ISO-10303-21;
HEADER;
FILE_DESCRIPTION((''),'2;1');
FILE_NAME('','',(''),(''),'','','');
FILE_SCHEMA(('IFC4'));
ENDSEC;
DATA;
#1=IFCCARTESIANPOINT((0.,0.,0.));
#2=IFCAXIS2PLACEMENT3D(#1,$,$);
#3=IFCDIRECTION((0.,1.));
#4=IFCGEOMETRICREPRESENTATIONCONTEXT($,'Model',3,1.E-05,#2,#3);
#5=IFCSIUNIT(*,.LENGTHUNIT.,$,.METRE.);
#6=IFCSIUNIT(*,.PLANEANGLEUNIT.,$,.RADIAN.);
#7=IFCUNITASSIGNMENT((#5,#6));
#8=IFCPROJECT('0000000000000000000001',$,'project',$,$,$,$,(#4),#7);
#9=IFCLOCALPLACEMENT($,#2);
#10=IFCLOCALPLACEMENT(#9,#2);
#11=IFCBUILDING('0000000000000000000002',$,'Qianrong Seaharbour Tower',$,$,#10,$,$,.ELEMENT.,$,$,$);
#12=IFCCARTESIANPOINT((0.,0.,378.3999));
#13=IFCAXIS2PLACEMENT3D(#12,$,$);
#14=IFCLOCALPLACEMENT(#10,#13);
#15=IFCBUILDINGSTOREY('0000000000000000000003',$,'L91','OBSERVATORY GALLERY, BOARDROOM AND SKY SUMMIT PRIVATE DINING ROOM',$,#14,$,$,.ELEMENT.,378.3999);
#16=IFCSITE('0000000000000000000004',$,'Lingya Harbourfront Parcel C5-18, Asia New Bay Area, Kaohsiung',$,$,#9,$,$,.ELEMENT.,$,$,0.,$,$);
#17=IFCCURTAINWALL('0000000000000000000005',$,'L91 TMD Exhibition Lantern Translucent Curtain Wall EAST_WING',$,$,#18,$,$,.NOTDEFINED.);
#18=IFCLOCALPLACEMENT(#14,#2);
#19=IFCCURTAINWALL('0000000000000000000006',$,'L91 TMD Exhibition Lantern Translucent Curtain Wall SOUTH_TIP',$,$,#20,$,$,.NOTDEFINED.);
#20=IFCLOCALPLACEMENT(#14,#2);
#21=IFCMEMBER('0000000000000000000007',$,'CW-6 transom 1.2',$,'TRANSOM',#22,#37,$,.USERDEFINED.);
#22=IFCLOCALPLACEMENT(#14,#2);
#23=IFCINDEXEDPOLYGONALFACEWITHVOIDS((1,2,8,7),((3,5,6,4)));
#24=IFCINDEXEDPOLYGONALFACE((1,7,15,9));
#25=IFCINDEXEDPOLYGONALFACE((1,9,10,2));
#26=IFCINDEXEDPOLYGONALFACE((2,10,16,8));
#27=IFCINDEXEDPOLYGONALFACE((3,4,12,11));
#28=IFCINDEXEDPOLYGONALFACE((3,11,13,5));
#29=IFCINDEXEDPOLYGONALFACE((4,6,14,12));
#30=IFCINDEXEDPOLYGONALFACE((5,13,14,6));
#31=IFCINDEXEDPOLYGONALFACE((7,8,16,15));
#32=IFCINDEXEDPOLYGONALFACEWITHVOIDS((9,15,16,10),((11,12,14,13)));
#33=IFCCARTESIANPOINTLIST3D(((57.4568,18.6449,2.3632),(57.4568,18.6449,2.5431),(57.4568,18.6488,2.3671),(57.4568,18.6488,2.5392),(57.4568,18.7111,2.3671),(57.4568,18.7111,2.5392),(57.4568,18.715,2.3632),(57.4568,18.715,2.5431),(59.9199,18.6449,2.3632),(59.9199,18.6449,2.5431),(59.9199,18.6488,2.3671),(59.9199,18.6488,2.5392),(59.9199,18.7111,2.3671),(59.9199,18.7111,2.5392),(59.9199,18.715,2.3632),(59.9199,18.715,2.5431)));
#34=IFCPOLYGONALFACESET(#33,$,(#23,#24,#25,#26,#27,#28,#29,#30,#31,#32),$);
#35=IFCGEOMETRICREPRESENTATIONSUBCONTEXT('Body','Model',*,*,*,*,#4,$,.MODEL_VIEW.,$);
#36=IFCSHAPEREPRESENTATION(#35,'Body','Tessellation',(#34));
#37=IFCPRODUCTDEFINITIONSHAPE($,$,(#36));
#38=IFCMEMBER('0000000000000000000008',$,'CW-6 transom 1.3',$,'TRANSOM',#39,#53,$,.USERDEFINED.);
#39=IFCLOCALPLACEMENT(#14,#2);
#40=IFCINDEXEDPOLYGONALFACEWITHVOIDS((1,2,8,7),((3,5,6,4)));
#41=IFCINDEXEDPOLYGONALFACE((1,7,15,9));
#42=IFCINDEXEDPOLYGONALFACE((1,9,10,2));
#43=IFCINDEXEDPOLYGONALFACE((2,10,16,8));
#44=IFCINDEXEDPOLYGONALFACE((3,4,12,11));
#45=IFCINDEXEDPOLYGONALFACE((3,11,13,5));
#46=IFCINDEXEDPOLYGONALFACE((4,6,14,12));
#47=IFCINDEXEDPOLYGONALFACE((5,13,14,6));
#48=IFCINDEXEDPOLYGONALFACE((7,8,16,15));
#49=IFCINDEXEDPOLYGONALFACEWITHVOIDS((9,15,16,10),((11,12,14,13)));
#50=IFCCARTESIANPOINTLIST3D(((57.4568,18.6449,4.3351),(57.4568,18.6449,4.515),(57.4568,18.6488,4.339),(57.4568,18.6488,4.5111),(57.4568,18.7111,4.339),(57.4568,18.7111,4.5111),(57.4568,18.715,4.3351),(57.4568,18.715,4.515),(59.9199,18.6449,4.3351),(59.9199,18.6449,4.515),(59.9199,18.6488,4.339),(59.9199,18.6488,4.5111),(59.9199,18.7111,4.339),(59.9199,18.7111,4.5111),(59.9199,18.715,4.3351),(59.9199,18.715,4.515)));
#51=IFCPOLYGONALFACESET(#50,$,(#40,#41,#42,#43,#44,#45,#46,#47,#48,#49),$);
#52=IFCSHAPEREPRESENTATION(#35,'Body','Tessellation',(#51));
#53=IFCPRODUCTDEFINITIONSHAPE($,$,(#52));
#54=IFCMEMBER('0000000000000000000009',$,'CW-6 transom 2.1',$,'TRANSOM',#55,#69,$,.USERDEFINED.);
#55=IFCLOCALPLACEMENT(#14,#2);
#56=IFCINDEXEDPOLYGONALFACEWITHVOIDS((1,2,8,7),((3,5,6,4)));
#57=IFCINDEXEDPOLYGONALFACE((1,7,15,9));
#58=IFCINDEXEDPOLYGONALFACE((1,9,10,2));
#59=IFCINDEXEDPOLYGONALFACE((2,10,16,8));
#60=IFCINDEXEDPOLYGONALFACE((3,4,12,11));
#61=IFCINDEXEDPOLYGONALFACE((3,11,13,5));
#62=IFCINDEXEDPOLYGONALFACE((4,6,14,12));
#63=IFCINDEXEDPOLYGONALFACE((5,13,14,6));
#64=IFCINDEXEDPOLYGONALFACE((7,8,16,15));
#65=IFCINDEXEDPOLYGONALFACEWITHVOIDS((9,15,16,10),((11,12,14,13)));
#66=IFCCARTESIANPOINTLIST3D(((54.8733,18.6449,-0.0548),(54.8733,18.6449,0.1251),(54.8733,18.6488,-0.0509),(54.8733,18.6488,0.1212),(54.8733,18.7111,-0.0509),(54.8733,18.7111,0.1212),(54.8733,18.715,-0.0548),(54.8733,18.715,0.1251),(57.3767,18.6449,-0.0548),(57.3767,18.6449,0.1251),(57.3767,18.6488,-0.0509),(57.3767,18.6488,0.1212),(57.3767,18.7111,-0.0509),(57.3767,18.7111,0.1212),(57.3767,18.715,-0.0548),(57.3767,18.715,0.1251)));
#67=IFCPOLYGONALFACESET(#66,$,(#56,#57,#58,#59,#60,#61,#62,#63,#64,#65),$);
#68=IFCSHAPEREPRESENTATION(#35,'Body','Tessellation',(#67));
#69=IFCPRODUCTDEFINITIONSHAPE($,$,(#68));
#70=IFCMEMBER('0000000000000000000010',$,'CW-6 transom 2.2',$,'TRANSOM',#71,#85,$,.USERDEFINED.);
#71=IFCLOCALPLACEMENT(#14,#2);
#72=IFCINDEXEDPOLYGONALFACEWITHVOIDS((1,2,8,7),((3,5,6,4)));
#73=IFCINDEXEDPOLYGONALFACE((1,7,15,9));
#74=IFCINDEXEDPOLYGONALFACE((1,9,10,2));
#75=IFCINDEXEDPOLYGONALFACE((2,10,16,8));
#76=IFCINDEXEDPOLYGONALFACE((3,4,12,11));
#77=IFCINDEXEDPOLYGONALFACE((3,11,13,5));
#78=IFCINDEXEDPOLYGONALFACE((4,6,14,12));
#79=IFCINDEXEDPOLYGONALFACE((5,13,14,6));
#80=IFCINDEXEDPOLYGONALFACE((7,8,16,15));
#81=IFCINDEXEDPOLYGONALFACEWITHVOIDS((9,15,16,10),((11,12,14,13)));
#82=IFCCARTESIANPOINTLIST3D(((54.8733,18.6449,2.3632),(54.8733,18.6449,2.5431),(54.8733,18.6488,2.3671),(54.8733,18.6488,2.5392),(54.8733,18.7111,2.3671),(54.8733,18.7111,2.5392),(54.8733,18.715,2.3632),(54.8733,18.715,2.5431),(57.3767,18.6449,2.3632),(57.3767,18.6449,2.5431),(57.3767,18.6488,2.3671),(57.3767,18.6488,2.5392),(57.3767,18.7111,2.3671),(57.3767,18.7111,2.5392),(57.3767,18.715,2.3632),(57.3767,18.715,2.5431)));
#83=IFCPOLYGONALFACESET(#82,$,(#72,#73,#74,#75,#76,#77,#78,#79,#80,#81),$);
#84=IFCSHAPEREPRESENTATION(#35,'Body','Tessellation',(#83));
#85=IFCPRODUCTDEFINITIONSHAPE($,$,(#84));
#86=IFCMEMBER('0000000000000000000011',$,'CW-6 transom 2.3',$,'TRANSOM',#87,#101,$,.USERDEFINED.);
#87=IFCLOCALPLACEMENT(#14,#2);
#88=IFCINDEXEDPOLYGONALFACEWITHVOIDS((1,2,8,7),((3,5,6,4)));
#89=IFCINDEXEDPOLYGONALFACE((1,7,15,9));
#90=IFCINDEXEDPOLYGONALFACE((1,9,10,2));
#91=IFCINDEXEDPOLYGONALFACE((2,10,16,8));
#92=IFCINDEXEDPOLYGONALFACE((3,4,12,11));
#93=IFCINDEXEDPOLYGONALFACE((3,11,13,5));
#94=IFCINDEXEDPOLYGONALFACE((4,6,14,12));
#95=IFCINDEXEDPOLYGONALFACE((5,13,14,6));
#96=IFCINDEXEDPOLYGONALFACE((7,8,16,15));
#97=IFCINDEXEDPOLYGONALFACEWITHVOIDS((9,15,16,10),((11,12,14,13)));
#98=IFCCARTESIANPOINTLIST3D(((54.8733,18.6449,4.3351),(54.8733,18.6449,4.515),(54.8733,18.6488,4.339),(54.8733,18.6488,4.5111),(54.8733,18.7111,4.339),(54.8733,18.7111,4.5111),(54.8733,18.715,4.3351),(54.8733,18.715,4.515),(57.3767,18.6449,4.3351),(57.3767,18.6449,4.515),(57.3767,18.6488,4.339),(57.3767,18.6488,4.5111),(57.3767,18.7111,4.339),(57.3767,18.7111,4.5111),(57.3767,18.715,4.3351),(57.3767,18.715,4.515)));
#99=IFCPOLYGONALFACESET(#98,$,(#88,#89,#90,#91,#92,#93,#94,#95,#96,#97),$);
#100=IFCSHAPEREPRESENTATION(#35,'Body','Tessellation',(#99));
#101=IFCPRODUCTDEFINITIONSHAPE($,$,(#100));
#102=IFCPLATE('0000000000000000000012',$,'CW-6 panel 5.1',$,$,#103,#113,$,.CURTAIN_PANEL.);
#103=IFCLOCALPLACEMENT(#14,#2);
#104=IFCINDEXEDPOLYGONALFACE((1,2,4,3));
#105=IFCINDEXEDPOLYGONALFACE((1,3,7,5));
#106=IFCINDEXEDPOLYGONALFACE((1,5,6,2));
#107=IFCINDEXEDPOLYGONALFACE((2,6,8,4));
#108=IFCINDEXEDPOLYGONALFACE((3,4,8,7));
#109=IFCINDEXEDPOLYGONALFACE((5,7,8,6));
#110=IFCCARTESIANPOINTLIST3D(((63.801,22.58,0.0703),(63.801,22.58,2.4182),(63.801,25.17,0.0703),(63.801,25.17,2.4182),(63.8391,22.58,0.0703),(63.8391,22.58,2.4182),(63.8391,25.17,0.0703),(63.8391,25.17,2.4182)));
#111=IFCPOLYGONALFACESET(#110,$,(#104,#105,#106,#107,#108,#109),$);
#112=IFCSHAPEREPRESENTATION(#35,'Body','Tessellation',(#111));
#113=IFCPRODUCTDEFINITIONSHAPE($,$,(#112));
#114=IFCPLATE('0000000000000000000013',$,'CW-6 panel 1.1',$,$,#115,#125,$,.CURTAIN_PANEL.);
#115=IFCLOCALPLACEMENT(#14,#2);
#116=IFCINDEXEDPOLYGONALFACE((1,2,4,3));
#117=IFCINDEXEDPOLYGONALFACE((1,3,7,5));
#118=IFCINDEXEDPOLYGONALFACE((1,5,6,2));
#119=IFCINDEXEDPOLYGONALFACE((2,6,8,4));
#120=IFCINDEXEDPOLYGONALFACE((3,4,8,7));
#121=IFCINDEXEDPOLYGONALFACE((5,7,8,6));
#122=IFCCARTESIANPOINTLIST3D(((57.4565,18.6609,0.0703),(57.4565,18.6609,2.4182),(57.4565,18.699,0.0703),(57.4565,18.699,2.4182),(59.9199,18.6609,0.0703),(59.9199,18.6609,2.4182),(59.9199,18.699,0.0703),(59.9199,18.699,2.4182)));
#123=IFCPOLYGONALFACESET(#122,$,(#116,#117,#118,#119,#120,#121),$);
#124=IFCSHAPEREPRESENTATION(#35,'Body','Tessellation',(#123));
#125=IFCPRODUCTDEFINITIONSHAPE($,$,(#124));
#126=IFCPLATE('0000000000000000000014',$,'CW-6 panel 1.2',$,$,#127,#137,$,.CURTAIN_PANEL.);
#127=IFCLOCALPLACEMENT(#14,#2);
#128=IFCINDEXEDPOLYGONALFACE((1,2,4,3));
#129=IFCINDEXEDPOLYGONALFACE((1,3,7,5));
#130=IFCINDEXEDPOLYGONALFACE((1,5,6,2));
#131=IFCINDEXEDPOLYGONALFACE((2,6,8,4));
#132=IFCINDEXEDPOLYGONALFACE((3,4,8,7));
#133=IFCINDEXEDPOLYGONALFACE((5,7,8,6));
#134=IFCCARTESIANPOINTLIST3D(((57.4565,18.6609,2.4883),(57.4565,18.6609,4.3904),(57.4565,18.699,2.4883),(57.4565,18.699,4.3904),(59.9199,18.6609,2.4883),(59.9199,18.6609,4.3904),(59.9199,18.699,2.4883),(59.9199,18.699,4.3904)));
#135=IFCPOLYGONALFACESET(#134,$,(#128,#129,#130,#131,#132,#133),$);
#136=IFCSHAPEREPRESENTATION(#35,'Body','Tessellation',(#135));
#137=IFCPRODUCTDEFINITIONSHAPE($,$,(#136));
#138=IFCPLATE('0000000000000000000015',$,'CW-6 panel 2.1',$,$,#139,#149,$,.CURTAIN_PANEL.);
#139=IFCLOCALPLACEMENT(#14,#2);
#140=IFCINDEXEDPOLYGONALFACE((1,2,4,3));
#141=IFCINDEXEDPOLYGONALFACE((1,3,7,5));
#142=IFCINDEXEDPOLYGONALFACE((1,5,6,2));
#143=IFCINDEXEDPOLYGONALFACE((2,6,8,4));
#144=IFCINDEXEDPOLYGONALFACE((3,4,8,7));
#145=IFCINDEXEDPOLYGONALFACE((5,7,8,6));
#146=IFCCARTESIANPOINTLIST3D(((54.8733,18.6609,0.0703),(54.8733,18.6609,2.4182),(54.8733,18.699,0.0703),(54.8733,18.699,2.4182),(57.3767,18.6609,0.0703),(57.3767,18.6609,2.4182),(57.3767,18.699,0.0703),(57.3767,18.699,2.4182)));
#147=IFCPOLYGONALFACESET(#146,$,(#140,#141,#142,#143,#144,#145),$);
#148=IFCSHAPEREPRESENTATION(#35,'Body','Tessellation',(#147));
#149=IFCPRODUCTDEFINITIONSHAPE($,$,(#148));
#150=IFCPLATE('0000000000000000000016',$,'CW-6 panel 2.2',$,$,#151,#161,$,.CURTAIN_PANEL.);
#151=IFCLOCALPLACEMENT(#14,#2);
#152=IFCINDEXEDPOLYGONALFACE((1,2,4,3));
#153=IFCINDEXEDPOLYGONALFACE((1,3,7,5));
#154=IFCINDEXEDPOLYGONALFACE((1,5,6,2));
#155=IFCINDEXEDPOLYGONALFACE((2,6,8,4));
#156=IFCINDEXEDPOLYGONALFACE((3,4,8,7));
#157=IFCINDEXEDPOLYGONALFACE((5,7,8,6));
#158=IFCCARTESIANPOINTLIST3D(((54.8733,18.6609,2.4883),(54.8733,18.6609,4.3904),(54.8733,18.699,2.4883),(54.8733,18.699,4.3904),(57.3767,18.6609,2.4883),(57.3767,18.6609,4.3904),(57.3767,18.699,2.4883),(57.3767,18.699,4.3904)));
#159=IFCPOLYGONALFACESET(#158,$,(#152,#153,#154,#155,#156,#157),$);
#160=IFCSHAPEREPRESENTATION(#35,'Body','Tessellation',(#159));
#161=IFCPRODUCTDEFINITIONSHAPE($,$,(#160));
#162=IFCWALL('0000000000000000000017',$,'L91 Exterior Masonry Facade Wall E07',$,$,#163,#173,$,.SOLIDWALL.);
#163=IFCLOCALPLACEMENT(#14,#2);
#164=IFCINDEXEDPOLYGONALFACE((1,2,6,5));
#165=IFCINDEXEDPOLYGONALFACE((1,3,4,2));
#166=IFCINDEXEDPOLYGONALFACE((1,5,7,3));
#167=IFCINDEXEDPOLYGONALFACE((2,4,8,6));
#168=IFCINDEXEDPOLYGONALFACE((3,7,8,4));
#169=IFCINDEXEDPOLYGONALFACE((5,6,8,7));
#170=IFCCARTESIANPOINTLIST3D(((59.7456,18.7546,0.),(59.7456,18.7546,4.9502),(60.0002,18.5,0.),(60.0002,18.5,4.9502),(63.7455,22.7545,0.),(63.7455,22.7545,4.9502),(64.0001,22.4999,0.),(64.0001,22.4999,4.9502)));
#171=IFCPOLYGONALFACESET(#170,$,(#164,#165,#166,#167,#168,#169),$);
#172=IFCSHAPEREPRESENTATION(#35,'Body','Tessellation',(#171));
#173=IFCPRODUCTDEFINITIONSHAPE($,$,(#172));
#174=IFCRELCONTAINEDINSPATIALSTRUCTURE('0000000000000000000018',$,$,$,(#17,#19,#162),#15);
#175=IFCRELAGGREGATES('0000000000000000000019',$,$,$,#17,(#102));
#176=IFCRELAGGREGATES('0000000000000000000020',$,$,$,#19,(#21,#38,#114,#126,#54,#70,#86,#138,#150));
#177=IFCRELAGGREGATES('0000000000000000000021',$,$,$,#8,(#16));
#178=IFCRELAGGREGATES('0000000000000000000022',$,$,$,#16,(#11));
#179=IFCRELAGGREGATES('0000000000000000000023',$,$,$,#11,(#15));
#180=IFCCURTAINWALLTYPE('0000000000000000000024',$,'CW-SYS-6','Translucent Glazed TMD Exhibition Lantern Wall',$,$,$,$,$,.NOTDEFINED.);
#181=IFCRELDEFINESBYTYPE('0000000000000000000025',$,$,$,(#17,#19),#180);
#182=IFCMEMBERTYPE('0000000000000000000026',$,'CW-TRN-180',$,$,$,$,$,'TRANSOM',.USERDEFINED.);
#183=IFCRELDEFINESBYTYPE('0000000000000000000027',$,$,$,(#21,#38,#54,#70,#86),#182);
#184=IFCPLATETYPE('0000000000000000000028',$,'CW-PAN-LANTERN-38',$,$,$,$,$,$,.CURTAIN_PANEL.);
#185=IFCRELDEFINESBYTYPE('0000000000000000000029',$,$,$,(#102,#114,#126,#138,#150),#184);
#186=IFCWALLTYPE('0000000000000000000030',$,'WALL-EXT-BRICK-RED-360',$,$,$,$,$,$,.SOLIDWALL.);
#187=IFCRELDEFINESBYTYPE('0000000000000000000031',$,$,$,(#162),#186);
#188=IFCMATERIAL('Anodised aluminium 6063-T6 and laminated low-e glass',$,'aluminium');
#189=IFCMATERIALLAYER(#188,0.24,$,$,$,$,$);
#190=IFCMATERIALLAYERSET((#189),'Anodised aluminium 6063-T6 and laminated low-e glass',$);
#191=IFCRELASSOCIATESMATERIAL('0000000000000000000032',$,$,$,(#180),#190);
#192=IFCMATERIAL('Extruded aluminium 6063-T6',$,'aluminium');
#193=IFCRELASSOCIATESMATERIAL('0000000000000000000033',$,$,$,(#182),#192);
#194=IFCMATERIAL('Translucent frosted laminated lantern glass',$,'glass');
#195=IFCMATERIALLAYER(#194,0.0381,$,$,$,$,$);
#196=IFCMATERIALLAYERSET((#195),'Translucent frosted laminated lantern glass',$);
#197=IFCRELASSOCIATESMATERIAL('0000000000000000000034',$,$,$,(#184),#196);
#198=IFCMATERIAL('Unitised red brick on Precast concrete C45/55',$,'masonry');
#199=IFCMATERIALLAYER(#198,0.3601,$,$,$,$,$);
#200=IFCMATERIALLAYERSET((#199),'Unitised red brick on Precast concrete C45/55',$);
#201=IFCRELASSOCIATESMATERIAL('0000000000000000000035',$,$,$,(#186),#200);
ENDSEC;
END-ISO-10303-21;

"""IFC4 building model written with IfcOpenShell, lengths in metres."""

from ifc_helpers import new_model, si_unit, direction, frame, frame_2d, origin, origin_2d, place, context, subcontext, project, spatial, rectangle, hollow_rectangle, extrude, material, layer, layer_set, material_profile, profile_set, type_object, element, aggregate, save


model = new_model("IFC4")

# Units and contexts
model_context = context("Model", 3, precision=1e-05, world=origin(), true_north=direction((0.0, 1.0)))
body_context = subcontext(model_context, "Body", "Model", "MODEL_VIEW")
ifc_project = project(units=[si_unit("LENGTHUNIT", "METRE"), si_unit("PLANEANGLEUNIT", "RADIAN")], contexts=[model_context])

# Site, building, storey
site_placement = place(None, origin())
site = spatial("IfcSite", under=ifc_project, at=site_placement, Name="Lingya Harbourfront Parcel C5-18, Asia New Bay Area, Kaohsiung", CompositionType="ELEMENT", RefElevation=0.0)
building_placement = place(site_placement, origin())
building = spatial("IfcBuilding", under=site, at=building_placement, Name="Qianrong Seaharbour Tower", CompositionType="ELEMENT")
storey_placement = place(building_placement, frame((0.0, 0.0, 378.3999)))
storey = spatial("IfcBuildingStorey", under=building, at=storey_placement, Name="L91", Description="OBSERVATORY GALLERY, BOARDROOM AND SKY SUMMIT PRIVATE DINING ROOM", CompositionType="ELEMENT", Elevation=378.3999)

# Curtain wall
ifc_material_1 = material(Name="Anodised aluminium 6063-T6 and laminated low-e glass", Category="aluminium")
ifc_layer_1 = layer(ifc_material_1, 0.24)
ifc_layer_set_1 = layer_set([ifc_layer_1], Name="Anodised aluminium 6063-T6 and laminated low-e glass")
curtain_wall_type = type_object("IfcCurtainWallType", Name="CW-SYS-6", Description="Translucent Glazed TMD Exhibition Lantern Wall", PredefinedType="NOTDEFINED", material=ifc_layer_set_1)
curtain_wall_1_placement = place(storey_placement, origin())
curtain_wall_1 = element("IfcCurtainWall", 1, at=curtain_wall_1_placement, inside=storey, type_object=curtain_wall_type, Name="L91 TMD Exhibition Lantern Translucent Curtain Wall EAST_WING", PredefinedType="NOTDEFINED")
ifc_material_2 = material(Name="Extruded aluminium 6063-T6", Category="aluminium")

# Curtain wall, members
curtain_wall_2_placement = place(storey_placement, origin())
curtain_wall_2 = element("IfcCurtainWall", 2, at=curtain_wall_2_placement, inside=storey, type_object=curtain_wall_type, Name="L91 TMD Exhibition Lantern Translucent Curtain Wall SOUTH_TIP", PredefinedType="NOTDEFINED")
ifc_material_profile_1 = material_profile(ifc_material_2, hollow_rectangle(XDim=0.0701, YDim=0.1799, WallThickness=0.0039, at=origin_2d()), Name="ALU-TRN-180x70x4")
ifc_profile_set_1 = profile_set([ifc_material_profile_1], Name="Extruded aluminium 6063-T6")
member_type_1 = type_object("IfcMemberType", Name="CW-TRN-180", ElementType="TRANSOM", PredefinedType="USERDEFINED", material=ifc_profile_set_1)
member_1_placement = place(storey_placement, frame((59.9199, 18.6799, 2.4531), z_axis=(-1.0, 0.0, 0.0), x_axis=(0.0, -1.0, 0.0)))
member_1 = element("IfcMember", 3, at=member_1_placement, type_object=member_type_1, Name="CW-6 transom 1.2", ObjectType="TRANSOM", PredefinedType="USERDEFINED", context=body_context, shape_type="SweptSolid", body=[
    extrude(hollow_rectangle(XDim=0.0701, YDim=0.1799, WallThickness=0.0039, at=origin_2d()), origin(), (0.0, 0.0, 1.0), 2.4631),
])
member_2_placement = place(storey_placement, frame((59.9199, 18.6799, 4.425), z_axis=(-1.0, 0.0, 0.0), x_axis=(0.0, -1.0, 0.0)))
member_2 = element("IfcMember", 4, at=member_2_placement, type_object=member_type_1, Name="CW-6 transom 1.3", ObjectType="TRANSOM", PredefinedType="USERDEFINED", context=body_context, shape_type="SweptSolid", body=[
    extrude(hollow_rectangle(XDim=0.0701, YDim=0.1799, WallThickness=0.0039, at=origin_2d()), origin(), (0.0, 0.0, 1.0), 2.4631),
])
member_3_placement = place(storey_placement, frame((57.3767, 18.6799, 0.0352), z_axis=(-1.0, 0.0, 0.0), x_axis=(0.0, -1.0, 0.0)))
member_3 = element("IfcMember", 5, at=member_3_placement, type_object=member_type_1, Name="CW-6 transom 2.1", ObjectType="TRANSOM", PredefinedType="USERDEFINED", context=body_context, shape_type="SweptSolid", body=[
    extrude(hollow_rectangle(XDim=0.0701, YDim=0.1799, WallThickness=0.0039, at=origin_2d()), origin(), (0.0, 0.0, 1.0), 2.5034),
])
member_4_placement = place(storey_placement, frame((57.3767, 18.6799, 2.4531), z_axis=(-1.0, 0.0, 0.0), x_axis=(0.0, -1.0, 0.0)))
member_4 = element("IfcMember", 6, at=member_4_placement, type_object=member_type_1, Name="CW-6 transom 2.2", ObjectType="TRANSOM", PredefinedType="USERDEFINED", context=body_context, shape_type="SweptSolid", body=[
    extrude(hollow_rectangle(XDim=0.0701, YDim=0.1799, WallThickness=0.0039, at=origin_2d()), origin(), (0.0, 0.0, 1.0), 2.5034),
])
member_5_placement = place(storey_placement, frame((57.3767, 18.6799, 4.425), z_axis=(-1.0, 0.0, 0.0), x_axis=(0.0, -1.0, 0.0)))
member_5 = element("IfcMember", 7, at=member_5_placement, type_object=member_type_1, Name="CW-6 transom 2.3", ObjectType="TRANSOM", PredefinedType="USERDEFINED", context=body_context, shape_type="SweptSolid", body=[
    extrude(hollow_rectangle(XDim=0.0701, YDim=0.1799, WallThickness=0.0039, at=origin_2d()), origin(), (0.0, 0.0, 1.0), 2.5034),
])

# Plates
ifc_material_3 = material(Name="Translucent frosted laminated lantern glass", Category="glass")
ifc_layer_2 = layer(ifc_material_3, 0.0381)
ifc_layer_set_2 = layer_set([ifc_layer_2], Name="Translucent frosted laminated lantern glass")
plate_type = type_object("IfcPlateType", Name="CW-PAN-LANTERN-38", PredefinedType="CURTAIN_PANEL", material=ifc_layer_set_2)
plate_1_placement = place(storey_placement, frame((63.8201, 23.875, 0.0703), z_axis=(0.0, 0.0, 1.0), x_axis=(0.0, -1.0, 0.0)))
plate_1 = element("IfcPlate", 8, at=plate_1_placement, type_object=plate_type, Name="CW-6 panel 5.1", PredefinedType="CURTAIN_PANEL", context=body_context, shape_type="SweptSolid", body=[
    extrude(rectangle(XDim=2.5901, YDim=0.0381, at=origin_2d()), origin(), (0.0, 0.0, 1.0), 2.3479),
])
aggregate(curtain_wall_1, [plate_1])
plate_2_placement = place(storey_placement, frame((58.6882, 18.6799, 0.0703), z_axis=(0.0, 0.0, 1.0), x_axis=(-1.0, 0.0, 0.0)))
plate_2 = element("IfcPlate", 9, at=plate_2_placement, type_object=plate_type, Name="CW-6 panel 1.1", PredefinedType="CURTAIN_PANEL", context=body_context, shape_type="SweptSolid", body=[
    extrude(rectangle(XDim=2.4634, YDim=0.0381, at=origin_2d()), origin(), (0.0, 0.0, 1.0), 2.3479),
])
plate_3_placement = place(storey_placement, frame((58.6882, 18.6799, 2.4883), z_axis=(0.0, 0.0, 1.0), x_axis=(-1.0, 0.0, 0.0)))
plate_3 = element("IfcPlate", 10, at=plate_3_placement, type_object=plate_type, Name="CW-6 panel 1.2", PredefinedType="CURTAIN_PANEL", context=body_context, shape_type="SweptSolid", body=[
    extrude(rectangle(XDim=2.4634, YDim=0.0381, at=origin_2d()), origin(), (0.0, 0.0, 1.0), 1.9021),
])
plate_4_placement = place(storey_placement, frame((56.125, 18.6799, 0.0703), z_axis=(0.0, 0.0, 1.0), x_axis=(-1.0, 0.0, 0.0)))
plate_4 = element("IfcPlate", 11, at=plate_4_placement, type_object=plate_type, Name="CW-6 panel 2.1", PredefinedType="CURTAIN_PANEL", context=body_context, shape_type="SweptSolid", body=[
    extrude(rectangle(XDim=2.5034, YDim=0.0381, at=origin_2d()), origin(), (0.0, 0.0, 1.0), 2.3479),
])
plate_5_placement = place(storey_placement, frame((56.125, 18.6799, 2.4883), z_axis=(0.0, 0.0, 1.0), x_axis=(-1.0, 0.0, 0.0)))
plate_5 = element("IfcPlate", 12, at=plate_5_placement, type_object=plate_type, Name="CW-6 panel 2.2", PredefinedType="CURTAIN_PANEL", context=body_context, shape_type="SweptSolid", body=[
    extrude(rectangle(XDim=2.5034, YDim=0.0381, at=origin_2d()), origin(), (0.0, 0.0, 1.0), 1.9021),
])
aggregate(curtain_wall_2, [member_1, member_2, plate_2, plate_3, member_3, member_4, member_5, plate_4, plate_5])

# Wall
ifc_material_4 = material(Name="Unitised red brick on Precast concrete C45/55", Category="masonry")
ifc_layer_3 = layer(ifc_material_4, 0.3601)
ifc_layer_set_3 = layer_set([ifc_layer_3], Name="Unitised red brick on Precast concrete C45/55")
wall_type = type_object("IfcWallType", Name="WALL-EXT-BRICK-RED-360", PredefinedType="SOLIDWALL", material=ifc_layer_set_3)
wall_placement = place(storey_placement, frame((63.8728, 22.6272, 0.0), z_axis=(0.0, 0.0, 1.0), x_axis=(-0.707107, -0.707107, 0.0)))
element("IfcWall", 13, at=wall_placement, inside=storey, type_object=wall_type, Name="L91 Exterior Masonry Facade Wall E07", PredefinedType="SOLIDWALL", context=body_context, shape_type="SweptSolid", body=[
    extrude(rectangle(XDim=5.6567, YDim=0.3601, at=frame_2d((2.8284, 0.0))), origin(), (0.0, 0.0, 1.0), 4.9502),
])

save(model, "model.ifc")
